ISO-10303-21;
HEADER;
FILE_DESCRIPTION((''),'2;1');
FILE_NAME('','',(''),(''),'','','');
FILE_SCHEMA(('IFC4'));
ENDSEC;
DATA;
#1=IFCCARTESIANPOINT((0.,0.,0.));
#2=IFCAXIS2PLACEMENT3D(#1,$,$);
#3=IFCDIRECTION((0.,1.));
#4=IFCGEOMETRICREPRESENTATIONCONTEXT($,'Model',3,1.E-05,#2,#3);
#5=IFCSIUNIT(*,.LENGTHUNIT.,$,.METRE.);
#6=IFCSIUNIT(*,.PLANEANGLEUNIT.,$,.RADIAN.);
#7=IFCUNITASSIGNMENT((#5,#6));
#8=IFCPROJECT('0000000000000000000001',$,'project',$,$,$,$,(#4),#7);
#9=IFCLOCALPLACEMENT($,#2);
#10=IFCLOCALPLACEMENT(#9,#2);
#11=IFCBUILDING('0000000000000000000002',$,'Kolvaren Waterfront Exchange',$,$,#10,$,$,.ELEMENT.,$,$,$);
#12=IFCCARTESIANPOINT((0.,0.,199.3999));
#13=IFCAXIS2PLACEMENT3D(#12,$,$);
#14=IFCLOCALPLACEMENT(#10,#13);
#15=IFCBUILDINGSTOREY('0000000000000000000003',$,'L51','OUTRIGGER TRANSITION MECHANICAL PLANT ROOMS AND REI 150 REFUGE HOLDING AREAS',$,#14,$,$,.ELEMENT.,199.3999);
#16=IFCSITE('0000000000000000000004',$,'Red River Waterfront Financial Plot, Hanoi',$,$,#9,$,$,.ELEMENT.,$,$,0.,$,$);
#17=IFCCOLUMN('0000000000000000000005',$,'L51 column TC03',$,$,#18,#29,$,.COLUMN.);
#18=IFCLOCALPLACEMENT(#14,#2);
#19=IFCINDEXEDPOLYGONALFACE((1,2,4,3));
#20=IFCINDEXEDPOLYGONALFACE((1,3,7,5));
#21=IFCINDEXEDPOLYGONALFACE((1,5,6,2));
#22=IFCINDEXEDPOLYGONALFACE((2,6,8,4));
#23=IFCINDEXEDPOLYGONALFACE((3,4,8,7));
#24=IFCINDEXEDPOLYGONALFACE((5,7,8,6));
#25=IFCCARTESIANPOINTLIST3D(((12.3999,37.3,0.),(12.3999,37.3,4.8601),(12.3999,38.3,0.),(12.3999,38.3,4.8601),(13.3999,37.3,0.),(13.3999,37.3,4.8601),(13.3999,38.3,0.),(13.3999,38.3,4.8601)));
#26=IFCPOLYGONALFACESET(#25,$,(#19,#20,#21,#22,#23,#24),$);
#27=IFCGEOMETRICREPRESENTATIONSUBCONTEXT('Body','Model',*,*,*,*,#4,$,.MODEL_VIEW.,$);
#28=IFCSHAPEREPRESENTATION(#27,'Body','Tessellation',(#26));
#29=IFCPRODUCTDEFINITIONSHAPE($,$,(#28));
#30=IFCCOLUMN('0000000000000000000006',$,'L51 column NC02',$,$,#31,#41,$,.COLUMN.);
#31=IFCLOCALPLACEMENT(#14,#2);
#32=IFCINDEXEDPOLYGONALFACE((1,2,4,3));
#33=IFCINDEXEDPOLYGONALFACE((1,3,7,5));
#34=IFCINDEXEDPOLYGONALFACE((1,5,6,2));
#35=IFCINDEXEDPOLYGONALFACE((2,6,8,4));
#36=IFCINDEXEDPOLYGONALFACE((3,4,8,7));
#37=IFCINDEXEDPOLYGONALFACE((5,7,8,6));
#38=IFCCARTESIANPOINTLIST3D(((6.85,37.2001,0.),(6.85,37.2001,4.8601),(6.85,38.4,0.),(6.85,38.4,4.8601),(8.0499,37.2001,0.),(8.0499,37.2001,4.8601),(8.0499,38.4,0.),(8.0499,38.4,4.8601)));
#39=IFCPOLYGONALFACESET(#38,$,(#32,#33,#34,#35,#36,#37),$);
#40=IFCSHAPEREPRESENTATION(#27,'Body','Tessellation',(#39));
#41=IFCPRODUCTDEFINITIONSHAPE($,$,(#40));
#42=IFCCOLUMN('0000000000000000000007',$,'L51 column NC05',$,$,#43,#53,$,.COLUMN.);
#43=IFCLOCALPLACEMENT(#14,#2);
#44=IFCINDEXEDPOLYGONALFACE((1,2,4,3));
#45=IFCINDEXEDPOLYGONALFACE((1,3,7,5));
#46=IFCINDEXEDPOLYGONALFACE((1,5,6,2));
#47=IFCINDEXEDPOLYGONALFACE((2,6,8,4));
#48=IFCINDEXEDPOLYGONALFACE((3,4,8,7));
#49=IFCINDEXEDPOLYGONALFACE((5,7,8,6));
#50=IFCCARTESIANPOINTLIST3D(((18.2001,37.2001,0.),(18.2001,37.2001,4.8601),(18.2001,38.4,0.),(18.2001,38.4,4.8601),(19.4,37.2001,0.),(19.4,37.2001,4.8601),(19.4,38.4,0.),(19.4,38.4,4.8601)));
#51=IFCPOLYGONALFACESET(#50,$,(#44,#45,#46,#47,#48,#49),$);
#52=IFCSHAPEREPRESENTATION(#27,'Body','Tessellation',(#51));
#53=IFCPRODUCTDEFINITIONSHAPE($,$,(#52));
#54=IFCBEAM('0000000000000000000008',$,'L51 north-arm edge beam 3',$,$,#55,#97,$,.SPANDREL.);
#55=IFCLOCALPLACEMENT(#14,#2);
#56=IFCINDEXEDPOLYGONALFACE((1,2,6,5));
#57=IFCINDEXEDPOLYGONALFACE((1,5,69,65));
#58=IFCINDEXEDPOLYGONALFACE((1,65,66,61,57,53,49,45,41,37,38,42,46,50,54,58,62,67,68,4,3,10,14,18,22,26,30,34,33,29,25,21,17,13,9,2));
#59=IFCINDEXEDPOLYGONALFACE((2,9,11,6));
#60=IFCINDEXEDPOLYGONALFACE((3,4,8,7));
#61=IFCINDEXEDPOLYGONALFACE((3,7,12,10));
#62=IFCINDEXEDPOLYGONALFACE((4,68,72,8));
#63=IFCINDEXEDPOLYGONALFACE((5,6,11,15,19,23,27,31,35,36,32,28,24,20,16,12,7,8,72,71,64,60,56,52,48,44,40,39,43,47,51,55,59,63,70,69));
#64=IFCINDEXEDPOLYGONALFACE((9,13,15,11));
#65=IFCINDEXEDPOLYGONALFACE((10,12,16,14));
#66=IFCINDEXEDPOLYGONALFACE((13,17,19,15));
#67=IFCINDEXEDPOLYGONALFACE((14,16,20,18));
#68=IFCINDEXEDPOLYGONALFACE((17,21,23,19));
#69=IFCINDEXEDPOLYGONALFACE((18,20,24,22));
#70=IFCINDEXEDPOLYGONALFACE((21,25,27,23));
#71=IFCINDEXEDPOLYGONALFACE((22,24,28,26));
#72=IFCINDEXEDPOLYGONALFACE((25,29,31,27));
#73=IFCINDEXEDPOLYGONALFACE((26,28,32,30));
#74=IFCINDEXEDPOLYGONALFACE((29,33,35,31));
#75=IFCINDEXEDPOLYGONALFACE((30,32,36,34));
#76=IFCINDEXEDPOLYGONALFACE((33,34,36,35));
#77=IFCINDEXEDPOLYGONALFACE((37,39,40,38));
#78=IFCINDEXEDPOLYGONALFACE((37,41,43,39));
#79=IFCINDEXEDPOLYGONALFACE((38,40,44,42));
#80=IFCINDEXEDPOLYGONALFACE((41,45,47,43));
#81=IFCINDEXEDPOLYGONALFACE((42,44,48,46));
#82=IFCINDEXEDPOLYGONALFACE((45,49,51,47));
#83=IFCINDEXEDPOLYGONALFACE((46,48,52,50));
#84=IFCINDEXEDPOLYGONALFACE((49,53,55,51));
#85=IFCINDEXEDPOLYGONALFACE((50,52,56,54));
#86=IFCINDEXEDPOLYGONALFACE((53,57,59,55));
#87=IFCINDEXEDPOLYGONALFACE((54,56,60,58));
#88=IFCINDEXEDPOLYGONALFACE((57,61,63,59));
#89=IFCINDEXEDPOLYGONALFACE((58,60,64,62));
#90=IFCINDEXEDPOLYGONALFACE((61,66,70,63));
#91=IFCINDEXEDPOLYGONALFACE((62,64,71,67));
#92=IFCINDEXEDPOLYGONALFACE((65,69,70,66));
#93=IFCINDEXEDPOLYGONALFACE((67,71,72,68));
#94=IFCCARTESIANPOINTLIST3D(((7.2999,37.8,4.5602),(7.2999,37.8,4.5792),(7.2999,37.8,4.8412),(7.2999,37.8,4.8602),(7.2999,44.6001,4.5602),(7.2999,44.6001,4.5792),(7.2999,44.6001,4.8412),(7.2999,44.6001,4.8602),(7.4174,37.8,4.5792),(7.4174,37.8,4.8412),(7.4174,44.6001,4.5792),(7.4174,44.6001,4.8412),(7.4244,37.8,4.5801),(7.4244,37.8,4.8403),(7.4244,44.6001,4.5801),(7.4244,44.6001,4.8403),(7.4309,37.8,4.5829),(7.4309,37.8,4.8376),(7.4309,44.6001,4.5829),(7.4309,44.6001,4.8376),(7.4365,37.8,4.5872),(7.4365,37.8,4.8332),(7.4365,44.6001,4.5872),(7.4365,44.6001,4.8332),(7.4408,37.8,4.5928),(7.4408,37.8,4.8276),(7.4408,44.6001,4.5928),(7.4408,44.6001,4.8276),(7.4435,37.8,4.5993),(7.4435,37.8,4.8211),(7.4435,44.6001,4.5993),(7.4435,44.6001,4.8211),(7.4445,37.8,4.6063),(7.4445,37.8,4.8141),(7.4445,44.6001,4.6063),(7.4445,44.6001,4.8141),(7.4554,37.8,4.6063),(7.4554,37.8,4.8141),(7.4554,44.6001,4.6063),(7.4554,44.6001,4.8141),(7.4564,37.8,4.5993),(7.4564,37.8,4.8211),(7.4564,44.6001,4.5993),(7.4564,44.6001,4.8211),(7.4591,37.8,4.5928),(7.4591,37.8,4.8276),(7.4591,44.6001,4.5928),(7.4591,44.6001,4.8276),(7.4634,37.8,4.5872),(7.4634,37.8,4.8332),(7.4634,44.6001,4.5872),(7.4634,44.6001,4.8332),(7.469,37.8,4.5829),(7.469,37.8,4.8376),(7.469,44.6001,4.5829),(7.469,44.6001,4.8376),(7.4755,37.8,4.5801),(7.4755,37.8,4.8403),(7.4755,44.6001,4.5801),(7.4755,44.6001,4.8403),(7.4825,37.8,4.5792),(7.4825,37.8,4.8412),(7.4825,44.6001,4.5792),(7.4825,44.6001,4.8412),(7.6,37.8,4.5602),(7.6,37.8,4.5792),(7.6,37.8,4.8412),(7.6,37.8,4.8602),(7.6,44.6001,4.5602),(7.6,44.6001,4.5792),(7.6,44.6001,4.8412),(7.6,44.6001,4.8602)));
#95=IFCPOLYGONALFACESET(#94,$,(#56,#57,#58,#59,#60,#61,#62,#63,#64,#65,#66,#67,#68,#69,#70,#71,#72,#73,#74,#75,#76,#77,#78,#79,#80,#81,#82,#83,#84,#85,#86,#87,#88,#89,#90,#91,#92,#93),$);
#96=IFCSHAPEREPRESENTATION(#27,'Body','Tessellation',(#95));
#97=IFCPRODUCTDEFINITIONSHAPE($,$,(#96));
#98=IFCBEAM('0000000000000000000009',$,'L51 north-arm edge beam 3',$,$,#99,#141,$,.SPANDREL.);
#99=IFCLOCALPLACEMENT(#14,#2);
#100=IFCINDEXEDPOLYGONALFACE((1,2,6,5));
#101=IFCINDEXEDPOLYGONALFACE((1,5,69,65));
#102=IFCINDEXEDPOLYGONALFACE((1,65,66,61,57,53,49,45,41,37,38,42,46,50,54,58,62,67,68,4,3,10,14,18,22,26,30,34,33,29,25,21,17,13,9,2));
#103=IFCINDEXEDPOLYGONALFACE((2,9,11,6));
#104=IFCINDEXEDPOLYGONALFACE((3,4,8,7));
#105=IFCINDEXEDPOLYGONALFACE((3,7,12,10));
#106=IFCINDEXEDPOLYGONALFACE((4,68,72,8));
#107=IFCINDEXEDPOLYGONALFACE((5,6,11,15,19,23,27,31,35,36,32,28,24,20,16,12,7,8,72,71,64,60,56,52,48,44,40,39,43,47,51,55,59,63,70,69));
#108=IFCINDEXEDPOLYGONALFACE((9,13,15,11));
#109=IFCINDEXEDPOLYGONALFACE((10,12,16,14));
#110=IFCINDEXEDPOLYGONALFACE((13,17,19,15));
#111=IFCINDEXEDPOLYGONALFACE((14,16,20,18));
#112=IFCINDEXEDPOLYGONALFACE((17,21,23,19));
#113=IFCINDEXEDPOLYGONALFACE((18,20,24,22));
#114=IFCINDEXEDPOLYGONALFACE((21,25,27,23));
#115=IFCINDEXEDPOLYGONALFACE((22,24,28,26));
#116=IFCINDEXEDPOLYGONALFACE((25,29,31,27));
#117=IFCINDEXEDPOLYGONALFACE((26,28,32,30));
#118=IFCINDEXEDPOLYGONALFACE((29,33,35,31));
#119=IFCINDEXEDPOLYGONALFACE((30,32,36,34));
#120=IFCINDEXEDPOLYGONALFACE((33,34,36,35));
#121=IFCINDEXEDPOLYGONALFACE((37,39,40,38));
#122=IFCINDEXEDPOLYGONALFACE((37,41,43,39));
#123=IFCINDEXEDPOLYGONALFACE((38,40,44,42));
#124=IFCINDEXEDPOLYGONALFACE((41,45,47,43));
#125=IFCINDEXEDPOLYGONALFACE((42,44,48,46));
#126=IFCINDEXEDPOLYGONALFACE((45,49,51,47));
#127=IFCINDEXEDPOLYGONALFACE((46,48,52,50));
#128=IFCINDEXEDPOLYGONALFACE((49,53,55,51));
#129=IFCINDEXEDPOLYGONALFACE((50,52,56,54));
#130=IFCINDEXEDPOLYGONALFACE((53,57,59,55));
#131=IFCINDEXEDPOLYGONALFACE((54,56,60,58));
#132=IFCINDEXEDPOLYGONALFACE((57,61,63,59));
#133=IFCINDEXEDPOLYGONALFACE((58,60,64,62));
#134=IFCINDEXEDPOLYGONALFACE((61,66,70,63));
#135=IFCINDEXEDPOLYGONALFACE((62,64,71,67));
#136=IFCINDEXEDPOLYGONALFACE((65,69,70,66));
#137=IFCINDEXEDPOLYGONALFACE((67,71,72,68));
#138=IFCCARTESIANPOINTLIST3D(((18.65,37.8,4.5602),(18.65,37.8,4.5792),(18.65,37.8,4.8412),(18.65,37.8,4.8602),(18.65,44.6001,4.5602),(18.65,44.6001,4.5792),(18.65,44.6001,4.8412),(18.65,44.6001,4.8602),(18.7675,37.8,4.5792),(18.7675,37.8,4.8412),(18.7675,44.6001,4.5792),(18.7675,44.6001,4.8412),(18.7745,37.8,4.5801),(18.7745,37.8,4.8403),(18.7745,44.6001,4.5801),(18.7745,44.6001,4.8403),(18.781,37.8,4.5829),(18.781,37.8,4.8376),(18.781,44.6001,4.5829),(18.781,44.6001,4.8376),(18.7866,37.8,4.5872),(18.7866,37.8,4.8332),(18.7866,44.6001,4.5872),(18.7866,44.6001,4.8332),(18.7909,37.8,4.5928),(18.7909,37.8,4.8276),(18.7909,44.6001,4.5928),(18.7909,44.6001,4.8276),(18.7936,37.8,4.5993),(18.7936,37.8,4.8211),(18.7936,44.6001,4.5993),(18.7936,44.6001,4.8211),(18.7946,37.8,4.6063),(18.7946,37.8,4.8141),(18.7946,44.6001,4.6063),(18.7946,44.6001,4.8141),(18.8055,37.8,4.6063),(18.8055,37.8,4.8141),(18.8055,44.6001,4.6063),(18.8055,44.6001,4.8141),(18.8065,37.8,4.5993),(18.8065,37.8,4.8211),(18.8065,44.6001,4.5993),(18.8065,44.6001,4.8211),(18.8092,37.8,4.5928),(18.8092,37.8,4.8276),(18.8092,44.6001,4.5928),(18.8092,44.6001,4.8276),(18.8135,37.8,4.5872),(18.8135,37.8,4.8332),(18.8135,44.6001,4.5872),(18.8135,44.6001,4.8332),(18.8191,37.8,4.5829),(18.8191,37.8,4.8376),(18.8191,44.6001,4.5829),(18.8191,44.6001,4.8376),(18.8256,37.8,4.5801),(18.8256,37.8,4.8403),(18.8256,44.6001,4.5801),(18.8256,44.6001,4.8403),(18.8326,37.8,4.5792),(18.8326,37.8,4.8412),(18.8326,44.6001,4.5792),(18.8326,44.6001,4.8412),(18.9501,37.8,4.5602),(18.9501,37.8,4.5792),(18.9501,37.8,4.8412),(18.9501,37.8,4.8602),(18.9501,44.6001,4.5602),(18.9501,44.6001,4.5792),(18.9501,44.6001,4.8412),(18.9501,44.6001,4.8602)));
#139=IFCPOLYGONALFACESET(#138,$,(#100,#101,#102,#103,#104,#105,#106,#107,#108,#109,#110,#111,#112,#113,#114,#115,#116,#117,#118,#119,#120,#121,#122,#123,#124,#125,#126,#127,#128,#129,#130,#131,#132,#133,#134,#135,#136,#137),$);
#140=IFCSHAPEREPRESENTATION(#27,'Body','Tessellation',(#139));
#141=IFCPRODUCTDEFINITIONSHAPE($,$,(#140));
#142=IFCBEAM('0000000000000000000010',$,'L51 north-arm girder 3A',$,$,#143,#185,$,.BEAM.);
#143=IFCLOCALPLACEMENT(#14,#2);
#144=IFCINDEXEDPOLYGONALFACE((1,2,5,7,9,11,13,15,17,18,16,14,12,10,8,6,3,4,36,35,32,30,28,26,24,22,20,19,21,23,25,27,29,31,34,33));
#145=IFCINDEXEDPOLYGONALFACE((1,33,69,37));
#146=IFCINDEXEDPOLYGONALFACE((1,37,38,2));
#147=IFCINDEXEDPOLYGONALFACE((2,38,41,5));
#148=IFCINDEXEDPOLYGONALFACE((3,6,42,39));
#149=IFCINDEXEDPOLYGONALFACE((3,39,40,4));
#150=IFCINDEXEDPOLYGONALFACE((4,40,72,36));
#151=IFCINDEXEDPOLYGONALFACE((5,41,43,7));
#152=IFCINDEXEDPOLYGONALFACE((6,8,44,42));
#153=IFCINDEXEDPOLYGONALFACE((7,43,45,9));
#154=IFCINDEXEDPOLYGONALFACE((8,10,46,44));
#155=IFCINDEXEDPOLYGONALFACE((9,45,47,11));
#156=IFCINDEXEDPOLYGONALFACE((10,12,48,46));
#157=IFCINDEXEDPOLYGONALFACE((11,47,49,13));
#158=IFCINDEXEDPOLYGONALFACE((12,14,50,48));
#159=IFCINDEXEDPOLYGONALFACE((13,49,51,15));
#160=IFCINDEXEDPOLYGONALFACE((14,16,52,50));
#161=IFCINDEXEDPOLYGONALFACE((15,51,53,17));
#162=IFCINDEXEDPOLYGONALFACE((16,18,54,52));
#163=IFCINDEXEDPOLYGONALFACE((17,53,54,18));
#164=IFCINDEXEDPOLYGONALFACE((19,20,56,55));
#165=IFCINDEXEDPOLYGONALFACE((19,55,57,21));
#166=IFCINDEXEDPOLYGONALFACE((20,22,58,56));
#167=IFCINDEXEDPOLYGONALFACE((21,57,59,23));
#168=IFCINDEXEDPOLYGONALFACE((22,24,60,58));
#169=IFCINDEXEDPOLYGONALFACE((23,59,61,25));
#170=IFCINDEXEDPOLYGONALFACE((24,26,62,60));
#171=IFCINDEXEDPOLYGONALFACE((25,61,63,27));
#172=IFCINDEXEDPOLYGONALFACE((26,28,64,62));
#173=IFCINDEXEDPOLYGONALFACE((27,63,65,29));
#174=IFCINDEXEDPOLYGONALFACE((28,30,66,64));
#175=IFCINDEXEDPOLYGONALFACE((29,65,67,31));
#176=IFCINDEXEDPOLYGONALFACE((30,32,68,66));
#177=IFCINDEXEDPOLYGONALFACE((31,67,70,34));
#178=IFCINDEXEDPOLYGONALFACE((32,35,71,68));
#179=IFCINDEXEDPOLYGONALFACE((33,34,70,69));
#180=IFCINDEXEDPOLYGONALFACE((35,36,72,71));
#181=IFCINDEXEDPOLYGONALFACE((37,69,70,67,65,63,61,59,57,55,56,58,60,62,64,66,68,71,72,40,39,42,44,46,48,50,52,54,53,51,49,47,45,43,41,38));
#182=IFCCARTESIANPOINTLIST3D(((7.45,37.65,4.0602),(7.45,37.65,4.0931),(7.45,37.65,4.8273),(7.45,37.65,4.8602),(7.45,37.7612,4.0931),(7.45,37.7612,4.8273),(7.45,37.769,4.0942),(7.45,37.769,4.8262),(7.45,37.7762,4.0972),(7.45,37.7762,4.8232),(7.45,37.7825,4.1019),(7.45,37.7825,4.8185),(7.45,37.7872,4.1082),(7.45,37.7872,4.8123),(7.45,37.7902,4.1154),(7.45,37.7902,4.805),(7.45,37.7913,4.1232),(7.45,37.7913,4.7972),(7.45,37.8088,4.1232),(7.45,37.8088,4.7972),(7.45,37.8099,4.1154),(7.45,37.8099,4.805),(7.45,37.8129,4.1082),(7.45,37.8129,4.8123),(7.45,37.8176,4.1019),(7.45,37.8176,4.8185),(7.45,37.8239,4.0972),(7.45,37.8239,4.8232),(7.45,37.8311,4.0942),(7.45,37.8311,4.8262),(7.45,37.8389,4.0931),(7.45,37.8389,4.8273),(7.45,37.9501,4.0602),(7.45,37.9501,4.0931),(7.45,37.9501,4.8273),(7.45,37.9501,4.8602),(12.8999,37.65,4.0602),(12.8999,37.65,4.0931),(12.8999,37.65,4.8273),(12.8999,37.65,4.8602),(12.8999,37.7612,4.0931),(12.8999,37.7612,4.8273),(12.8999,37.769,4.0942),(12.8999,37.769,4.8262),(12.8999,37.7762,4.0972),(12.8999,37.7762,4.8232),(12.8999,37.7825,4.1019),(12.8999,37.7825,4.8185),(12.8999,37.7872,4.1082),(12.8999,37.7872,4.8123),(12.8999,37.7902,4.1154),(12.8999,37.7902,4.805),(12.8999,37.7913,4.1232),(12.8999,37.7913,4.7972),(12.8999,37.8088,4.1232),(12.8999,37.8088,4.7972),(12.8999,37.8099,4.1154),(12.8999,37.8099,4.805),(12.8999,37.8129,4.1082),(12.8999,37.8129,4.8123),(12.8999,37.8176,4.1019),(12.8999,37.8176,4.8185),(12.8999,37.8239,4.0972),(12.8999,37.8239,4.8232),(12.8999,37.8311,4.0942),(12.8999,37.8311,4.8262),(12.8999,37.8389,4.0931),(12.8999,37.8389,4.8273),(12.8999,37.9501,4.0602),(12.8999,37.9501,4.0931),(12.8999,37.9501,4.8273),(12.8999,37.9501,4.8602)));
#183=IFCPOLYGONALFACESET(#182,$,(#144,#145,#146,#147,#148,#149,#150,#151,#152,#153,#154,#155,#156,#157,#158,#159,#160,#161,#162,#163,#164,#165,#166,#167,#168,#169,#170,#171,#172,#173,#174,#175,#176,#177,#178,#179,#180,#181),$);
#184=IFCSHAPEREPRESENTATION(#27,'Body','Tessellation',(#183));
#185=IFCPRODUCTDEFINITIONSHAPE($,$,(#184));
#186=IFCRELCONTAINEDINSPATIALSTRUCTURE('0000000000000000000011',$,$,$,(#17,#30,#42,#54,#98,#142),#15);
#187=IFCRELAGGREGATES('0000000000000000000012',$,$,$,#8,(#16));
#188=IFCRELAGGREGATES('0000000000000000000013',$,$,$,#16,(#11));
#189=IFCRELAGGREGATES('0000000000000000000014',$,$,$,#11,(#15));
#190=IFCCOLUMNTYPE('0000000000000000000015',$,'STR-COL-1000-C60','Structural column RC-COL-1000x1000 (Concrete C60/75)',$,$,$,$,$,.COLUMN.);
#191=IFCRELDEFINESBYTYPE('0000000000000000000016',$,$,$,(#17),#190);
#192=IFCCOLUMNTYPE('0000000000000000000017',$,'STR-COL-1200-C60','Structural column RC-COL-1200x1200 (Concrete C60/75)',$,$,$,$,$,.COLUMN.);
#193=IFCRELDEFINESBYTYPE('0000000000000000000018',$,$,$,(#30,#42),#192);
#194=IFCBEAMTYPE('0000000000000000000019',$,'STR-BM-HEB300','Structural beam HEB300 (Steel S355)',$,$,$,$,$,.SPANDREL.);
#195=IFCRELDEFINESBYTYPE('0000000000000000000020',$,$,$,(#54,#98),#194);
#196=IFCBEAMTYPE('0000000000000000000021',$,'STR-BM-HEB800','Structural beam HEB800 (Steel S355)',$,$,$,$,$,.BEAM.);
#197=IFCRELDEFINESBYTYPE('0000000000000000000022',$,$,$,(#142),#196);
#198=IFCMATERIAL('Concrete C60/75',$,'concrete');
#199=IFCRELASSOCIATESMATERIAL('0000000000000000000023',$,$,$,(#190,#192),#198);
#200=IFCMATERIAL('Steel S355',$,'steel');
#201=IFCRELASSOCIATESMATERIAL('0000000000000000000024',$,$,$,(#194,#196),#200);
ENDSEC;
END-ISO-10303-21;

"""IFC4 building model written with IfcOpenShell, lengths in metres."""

from ifc_helpers import new_model, si_unit, direction, frame, origin, origin_2d, place, context, subcontext, project, spatial, rectangle, i_section, extrude, material, material_profile, profile_set, type_object, element, save


model = new_model("IFC4")

# Units and contexts
model_context = context("Model", 3, precision=1e-05, world=origin(), true_north=direction((0.0, 1.0)))
body_context = subcontext(model_context, "Body", "Model", "MODEL_VIEW")
ifc_project = project(units=[si_unit("LENGTHUNIT", "METRE"), si_unit("PLANEANGLEUNIT", "RADIAN")], contexts=[model_context])

# Site, building, storey
site_placement = place(None, origin())
site = spatial("IfcSite", under=ifc_project, at=site_placement, Name="Red River Waterfront Financial Plot, Hanoi", CompositionType="ELEMENT", RefElevation=0.0)
building_placement = place(site_placement, origin())
building = spatial("IfcBuilding", under=site, at=building_placement, Name="Kolvaren Waterfront Exchange", CompositionType="ELEMENT")
storey_placement = place(building_placement, frame((0.0, 0.0, 199.3999)))
storey = spatial("IfcBuildingStorey", under=building, at=storey_placement, Name="L51", Description="OUTRIGGER TRANSITION MECHANICAL PLANT ROOMS AND REI 150 REFUGE HOLDING AREAS", CompositionType="ELEMENT", Elevation=199.3999)

# Columns
ifc_material_1 = material(Name="Concrete C60/75", Category="concrete")
ifc_material_profile_1 = material_profile(ifc_material_1, rectangle(XDim=1.0, YDim=1.0, at=origin_2d()), Name="RC-COL-1000x1000")
ifc_profile_set_1 = profile_set([ifc_material_profile_1], Name="Concrete C60/75")
column_type_1 = type_object("IfcColumnType", Name="STR-COL-1000-C60", Description="Structural column RC-COL-1000x1000 (Concrete C60/75)", PredefinedType="COLUMN", material=ifc_profile_set_1)
column_placement = place(storey_placement, frame((12.8999, 37.8, 0.0), z_axis=(0.0, 0.0, 1.0), x_axis=(1.0, 0.0, 0.0)))
element("IfcColumn", 1, at=column_placement, inside=storey, type_object=column_type_1, Name="L51 column TC03", PredefinedType="COLUMN", context=body_context, shape_type="SweptSolid", body=[
    extrude(rectangle(XDim=1.0, YDim=1.0, at=origin_2d()), origin(), (0.0, 0.0, 1.0), 4.8601),
])
ifc_material_profile_2 = material_profile(ifc_material_1, rectangle(XDim=1.2, YDim=1.2, at=origin_2d()), Name="RC-COL-1200x1200")
ifc_profile_set_2 = profile_set([ifc_material_profile_2], Name="Concrete C60/75")
column_type_2 = type_object("IfcColumnType", Name="STR-COL-1200-C60", Description="Structural column RC-COL-1200x1200 (Concrete C60/75)", PredefinedType="COLUMN", material=ifc_profile_set_2)
for number, where, z_axis, x_axis, name in (
    (2, (7.45, 37.8, 0.0), (0.0, 0.0, 1.0), (1.0, 0.0, 0.0), "L51 column NC02"),
    (3, (18.8, 37.8, 0.0), (0.0, 0.0, 1.0), (1.0, 0.0, 0.0), "L51 column NC05"),
):
    element("IfcColumn", number, at=place(storey_placement, frame(where, z_axis=z_axis, x_axis=x_axis)), inside=storey, type_object=column_type_2, Name=name, PredefinedType="COLUMN", context=body_context, shape_type="SweptSolid", body=[
        extrude(rectangle(XDim=1.2, YDim=1.2, at=origin_2d()), origin(), (0.0, 0.0, 1.0), 4.8601),
    ])

# Beams
ifc_material_2 = material(Name="Steel S355", Category="steel")
ifc_material_profile_3 = material_profile(ifc_material_2, i_section(OverallWidth=0.3, OverallDepth=0.3, WebThickness=0.011, FlangeThickness=0.019, FilletRadius=0.0271, at=origin_2d()), Name="HEB300")
ifc_profile_set_3 = profile_set([ifc_material_profile_3], Name="Steel S355")
beam_type_1 = type_object("IfcBeamType", Name="STR-BM-HEB300", Description="Structural beam HEB300 (Steel S355)", PredefinedType="SPANDREL", material=ifc_profile_set_3)
for number, where, z_axis, x_axis, name in (
    (4, (7.45, 37.8, 4.7102), (0.0, 1.0, 0.0), (-1.0, 0.0, 0.0), "L51 north-arm edge beam 3"),
    (5, (18.8, 37.8, 4.7102), (0.0, 1.0, 0.0), (-1.0, 0.0, 0.0), "L51 north-arm edge beam 3"),
):
    element("IfcBeam", number, at=place(storey_placement, frame(where, z_axis=z_axis, x_axis=x_axis)), inside=storey, type_object=beam_type_1, Name=name, PredefinedType="SPANDREL", context=body_context, shape_type="SweptSolid", body=[
        extrude(i_section(OverallWidth=0.3, OverallDepth=0.3, WebThickness=0.011, FlangeThickness=0.019, FilletRadius=0.0271, at=origin_2d()), origin(), (0.0, 0.0, 1.0), 6.8),
    ])
ifc_material_profile_4 = material_profile(ifc_material_2, i_section(OverallWidth=0.3, OverallDepth=0.8, WebThickness=0.0176, FlangeThickness=0.033, FilletRadius=0.03, at=origin_2d()), Name="HEB800")
ifc_profile_set_4 = profile_set([ifc_material_profile_4], Name="Steel S355")
beam_type_2 = type_object("IfcBeamType", Name="STR-BM-HEB800", Description="Structural beam HEB800 (Steel S355)", PredefinedType="BEAM", material=ifc_profile_set_4)
beam_1_placement = place(storey_placement, frame((7.45, 37.8, 4.4602), z_axis=(1.0, 0.0, 0.0), x_axis=(0.0, 1.0, 0.0)))
element("IfcBeam", 6, at=beam_1_placement, inside=storey, type_object=beam_type_2, Name="L51 north-arm girder 3A", PredefinedType="BEAM", context=body_context, shape_type="SweptSolid", body=[
    extrude(i_section(OverallWidth=0.3, OverallDepth=0.8, WebThickness=0.0176, FlangeThickness=0.033, FilletRadius=0.03, at=origin_2d()), origin(), (0.0, 0.0, 1.0), 5.45),
])

save(model, "model.ifc")
